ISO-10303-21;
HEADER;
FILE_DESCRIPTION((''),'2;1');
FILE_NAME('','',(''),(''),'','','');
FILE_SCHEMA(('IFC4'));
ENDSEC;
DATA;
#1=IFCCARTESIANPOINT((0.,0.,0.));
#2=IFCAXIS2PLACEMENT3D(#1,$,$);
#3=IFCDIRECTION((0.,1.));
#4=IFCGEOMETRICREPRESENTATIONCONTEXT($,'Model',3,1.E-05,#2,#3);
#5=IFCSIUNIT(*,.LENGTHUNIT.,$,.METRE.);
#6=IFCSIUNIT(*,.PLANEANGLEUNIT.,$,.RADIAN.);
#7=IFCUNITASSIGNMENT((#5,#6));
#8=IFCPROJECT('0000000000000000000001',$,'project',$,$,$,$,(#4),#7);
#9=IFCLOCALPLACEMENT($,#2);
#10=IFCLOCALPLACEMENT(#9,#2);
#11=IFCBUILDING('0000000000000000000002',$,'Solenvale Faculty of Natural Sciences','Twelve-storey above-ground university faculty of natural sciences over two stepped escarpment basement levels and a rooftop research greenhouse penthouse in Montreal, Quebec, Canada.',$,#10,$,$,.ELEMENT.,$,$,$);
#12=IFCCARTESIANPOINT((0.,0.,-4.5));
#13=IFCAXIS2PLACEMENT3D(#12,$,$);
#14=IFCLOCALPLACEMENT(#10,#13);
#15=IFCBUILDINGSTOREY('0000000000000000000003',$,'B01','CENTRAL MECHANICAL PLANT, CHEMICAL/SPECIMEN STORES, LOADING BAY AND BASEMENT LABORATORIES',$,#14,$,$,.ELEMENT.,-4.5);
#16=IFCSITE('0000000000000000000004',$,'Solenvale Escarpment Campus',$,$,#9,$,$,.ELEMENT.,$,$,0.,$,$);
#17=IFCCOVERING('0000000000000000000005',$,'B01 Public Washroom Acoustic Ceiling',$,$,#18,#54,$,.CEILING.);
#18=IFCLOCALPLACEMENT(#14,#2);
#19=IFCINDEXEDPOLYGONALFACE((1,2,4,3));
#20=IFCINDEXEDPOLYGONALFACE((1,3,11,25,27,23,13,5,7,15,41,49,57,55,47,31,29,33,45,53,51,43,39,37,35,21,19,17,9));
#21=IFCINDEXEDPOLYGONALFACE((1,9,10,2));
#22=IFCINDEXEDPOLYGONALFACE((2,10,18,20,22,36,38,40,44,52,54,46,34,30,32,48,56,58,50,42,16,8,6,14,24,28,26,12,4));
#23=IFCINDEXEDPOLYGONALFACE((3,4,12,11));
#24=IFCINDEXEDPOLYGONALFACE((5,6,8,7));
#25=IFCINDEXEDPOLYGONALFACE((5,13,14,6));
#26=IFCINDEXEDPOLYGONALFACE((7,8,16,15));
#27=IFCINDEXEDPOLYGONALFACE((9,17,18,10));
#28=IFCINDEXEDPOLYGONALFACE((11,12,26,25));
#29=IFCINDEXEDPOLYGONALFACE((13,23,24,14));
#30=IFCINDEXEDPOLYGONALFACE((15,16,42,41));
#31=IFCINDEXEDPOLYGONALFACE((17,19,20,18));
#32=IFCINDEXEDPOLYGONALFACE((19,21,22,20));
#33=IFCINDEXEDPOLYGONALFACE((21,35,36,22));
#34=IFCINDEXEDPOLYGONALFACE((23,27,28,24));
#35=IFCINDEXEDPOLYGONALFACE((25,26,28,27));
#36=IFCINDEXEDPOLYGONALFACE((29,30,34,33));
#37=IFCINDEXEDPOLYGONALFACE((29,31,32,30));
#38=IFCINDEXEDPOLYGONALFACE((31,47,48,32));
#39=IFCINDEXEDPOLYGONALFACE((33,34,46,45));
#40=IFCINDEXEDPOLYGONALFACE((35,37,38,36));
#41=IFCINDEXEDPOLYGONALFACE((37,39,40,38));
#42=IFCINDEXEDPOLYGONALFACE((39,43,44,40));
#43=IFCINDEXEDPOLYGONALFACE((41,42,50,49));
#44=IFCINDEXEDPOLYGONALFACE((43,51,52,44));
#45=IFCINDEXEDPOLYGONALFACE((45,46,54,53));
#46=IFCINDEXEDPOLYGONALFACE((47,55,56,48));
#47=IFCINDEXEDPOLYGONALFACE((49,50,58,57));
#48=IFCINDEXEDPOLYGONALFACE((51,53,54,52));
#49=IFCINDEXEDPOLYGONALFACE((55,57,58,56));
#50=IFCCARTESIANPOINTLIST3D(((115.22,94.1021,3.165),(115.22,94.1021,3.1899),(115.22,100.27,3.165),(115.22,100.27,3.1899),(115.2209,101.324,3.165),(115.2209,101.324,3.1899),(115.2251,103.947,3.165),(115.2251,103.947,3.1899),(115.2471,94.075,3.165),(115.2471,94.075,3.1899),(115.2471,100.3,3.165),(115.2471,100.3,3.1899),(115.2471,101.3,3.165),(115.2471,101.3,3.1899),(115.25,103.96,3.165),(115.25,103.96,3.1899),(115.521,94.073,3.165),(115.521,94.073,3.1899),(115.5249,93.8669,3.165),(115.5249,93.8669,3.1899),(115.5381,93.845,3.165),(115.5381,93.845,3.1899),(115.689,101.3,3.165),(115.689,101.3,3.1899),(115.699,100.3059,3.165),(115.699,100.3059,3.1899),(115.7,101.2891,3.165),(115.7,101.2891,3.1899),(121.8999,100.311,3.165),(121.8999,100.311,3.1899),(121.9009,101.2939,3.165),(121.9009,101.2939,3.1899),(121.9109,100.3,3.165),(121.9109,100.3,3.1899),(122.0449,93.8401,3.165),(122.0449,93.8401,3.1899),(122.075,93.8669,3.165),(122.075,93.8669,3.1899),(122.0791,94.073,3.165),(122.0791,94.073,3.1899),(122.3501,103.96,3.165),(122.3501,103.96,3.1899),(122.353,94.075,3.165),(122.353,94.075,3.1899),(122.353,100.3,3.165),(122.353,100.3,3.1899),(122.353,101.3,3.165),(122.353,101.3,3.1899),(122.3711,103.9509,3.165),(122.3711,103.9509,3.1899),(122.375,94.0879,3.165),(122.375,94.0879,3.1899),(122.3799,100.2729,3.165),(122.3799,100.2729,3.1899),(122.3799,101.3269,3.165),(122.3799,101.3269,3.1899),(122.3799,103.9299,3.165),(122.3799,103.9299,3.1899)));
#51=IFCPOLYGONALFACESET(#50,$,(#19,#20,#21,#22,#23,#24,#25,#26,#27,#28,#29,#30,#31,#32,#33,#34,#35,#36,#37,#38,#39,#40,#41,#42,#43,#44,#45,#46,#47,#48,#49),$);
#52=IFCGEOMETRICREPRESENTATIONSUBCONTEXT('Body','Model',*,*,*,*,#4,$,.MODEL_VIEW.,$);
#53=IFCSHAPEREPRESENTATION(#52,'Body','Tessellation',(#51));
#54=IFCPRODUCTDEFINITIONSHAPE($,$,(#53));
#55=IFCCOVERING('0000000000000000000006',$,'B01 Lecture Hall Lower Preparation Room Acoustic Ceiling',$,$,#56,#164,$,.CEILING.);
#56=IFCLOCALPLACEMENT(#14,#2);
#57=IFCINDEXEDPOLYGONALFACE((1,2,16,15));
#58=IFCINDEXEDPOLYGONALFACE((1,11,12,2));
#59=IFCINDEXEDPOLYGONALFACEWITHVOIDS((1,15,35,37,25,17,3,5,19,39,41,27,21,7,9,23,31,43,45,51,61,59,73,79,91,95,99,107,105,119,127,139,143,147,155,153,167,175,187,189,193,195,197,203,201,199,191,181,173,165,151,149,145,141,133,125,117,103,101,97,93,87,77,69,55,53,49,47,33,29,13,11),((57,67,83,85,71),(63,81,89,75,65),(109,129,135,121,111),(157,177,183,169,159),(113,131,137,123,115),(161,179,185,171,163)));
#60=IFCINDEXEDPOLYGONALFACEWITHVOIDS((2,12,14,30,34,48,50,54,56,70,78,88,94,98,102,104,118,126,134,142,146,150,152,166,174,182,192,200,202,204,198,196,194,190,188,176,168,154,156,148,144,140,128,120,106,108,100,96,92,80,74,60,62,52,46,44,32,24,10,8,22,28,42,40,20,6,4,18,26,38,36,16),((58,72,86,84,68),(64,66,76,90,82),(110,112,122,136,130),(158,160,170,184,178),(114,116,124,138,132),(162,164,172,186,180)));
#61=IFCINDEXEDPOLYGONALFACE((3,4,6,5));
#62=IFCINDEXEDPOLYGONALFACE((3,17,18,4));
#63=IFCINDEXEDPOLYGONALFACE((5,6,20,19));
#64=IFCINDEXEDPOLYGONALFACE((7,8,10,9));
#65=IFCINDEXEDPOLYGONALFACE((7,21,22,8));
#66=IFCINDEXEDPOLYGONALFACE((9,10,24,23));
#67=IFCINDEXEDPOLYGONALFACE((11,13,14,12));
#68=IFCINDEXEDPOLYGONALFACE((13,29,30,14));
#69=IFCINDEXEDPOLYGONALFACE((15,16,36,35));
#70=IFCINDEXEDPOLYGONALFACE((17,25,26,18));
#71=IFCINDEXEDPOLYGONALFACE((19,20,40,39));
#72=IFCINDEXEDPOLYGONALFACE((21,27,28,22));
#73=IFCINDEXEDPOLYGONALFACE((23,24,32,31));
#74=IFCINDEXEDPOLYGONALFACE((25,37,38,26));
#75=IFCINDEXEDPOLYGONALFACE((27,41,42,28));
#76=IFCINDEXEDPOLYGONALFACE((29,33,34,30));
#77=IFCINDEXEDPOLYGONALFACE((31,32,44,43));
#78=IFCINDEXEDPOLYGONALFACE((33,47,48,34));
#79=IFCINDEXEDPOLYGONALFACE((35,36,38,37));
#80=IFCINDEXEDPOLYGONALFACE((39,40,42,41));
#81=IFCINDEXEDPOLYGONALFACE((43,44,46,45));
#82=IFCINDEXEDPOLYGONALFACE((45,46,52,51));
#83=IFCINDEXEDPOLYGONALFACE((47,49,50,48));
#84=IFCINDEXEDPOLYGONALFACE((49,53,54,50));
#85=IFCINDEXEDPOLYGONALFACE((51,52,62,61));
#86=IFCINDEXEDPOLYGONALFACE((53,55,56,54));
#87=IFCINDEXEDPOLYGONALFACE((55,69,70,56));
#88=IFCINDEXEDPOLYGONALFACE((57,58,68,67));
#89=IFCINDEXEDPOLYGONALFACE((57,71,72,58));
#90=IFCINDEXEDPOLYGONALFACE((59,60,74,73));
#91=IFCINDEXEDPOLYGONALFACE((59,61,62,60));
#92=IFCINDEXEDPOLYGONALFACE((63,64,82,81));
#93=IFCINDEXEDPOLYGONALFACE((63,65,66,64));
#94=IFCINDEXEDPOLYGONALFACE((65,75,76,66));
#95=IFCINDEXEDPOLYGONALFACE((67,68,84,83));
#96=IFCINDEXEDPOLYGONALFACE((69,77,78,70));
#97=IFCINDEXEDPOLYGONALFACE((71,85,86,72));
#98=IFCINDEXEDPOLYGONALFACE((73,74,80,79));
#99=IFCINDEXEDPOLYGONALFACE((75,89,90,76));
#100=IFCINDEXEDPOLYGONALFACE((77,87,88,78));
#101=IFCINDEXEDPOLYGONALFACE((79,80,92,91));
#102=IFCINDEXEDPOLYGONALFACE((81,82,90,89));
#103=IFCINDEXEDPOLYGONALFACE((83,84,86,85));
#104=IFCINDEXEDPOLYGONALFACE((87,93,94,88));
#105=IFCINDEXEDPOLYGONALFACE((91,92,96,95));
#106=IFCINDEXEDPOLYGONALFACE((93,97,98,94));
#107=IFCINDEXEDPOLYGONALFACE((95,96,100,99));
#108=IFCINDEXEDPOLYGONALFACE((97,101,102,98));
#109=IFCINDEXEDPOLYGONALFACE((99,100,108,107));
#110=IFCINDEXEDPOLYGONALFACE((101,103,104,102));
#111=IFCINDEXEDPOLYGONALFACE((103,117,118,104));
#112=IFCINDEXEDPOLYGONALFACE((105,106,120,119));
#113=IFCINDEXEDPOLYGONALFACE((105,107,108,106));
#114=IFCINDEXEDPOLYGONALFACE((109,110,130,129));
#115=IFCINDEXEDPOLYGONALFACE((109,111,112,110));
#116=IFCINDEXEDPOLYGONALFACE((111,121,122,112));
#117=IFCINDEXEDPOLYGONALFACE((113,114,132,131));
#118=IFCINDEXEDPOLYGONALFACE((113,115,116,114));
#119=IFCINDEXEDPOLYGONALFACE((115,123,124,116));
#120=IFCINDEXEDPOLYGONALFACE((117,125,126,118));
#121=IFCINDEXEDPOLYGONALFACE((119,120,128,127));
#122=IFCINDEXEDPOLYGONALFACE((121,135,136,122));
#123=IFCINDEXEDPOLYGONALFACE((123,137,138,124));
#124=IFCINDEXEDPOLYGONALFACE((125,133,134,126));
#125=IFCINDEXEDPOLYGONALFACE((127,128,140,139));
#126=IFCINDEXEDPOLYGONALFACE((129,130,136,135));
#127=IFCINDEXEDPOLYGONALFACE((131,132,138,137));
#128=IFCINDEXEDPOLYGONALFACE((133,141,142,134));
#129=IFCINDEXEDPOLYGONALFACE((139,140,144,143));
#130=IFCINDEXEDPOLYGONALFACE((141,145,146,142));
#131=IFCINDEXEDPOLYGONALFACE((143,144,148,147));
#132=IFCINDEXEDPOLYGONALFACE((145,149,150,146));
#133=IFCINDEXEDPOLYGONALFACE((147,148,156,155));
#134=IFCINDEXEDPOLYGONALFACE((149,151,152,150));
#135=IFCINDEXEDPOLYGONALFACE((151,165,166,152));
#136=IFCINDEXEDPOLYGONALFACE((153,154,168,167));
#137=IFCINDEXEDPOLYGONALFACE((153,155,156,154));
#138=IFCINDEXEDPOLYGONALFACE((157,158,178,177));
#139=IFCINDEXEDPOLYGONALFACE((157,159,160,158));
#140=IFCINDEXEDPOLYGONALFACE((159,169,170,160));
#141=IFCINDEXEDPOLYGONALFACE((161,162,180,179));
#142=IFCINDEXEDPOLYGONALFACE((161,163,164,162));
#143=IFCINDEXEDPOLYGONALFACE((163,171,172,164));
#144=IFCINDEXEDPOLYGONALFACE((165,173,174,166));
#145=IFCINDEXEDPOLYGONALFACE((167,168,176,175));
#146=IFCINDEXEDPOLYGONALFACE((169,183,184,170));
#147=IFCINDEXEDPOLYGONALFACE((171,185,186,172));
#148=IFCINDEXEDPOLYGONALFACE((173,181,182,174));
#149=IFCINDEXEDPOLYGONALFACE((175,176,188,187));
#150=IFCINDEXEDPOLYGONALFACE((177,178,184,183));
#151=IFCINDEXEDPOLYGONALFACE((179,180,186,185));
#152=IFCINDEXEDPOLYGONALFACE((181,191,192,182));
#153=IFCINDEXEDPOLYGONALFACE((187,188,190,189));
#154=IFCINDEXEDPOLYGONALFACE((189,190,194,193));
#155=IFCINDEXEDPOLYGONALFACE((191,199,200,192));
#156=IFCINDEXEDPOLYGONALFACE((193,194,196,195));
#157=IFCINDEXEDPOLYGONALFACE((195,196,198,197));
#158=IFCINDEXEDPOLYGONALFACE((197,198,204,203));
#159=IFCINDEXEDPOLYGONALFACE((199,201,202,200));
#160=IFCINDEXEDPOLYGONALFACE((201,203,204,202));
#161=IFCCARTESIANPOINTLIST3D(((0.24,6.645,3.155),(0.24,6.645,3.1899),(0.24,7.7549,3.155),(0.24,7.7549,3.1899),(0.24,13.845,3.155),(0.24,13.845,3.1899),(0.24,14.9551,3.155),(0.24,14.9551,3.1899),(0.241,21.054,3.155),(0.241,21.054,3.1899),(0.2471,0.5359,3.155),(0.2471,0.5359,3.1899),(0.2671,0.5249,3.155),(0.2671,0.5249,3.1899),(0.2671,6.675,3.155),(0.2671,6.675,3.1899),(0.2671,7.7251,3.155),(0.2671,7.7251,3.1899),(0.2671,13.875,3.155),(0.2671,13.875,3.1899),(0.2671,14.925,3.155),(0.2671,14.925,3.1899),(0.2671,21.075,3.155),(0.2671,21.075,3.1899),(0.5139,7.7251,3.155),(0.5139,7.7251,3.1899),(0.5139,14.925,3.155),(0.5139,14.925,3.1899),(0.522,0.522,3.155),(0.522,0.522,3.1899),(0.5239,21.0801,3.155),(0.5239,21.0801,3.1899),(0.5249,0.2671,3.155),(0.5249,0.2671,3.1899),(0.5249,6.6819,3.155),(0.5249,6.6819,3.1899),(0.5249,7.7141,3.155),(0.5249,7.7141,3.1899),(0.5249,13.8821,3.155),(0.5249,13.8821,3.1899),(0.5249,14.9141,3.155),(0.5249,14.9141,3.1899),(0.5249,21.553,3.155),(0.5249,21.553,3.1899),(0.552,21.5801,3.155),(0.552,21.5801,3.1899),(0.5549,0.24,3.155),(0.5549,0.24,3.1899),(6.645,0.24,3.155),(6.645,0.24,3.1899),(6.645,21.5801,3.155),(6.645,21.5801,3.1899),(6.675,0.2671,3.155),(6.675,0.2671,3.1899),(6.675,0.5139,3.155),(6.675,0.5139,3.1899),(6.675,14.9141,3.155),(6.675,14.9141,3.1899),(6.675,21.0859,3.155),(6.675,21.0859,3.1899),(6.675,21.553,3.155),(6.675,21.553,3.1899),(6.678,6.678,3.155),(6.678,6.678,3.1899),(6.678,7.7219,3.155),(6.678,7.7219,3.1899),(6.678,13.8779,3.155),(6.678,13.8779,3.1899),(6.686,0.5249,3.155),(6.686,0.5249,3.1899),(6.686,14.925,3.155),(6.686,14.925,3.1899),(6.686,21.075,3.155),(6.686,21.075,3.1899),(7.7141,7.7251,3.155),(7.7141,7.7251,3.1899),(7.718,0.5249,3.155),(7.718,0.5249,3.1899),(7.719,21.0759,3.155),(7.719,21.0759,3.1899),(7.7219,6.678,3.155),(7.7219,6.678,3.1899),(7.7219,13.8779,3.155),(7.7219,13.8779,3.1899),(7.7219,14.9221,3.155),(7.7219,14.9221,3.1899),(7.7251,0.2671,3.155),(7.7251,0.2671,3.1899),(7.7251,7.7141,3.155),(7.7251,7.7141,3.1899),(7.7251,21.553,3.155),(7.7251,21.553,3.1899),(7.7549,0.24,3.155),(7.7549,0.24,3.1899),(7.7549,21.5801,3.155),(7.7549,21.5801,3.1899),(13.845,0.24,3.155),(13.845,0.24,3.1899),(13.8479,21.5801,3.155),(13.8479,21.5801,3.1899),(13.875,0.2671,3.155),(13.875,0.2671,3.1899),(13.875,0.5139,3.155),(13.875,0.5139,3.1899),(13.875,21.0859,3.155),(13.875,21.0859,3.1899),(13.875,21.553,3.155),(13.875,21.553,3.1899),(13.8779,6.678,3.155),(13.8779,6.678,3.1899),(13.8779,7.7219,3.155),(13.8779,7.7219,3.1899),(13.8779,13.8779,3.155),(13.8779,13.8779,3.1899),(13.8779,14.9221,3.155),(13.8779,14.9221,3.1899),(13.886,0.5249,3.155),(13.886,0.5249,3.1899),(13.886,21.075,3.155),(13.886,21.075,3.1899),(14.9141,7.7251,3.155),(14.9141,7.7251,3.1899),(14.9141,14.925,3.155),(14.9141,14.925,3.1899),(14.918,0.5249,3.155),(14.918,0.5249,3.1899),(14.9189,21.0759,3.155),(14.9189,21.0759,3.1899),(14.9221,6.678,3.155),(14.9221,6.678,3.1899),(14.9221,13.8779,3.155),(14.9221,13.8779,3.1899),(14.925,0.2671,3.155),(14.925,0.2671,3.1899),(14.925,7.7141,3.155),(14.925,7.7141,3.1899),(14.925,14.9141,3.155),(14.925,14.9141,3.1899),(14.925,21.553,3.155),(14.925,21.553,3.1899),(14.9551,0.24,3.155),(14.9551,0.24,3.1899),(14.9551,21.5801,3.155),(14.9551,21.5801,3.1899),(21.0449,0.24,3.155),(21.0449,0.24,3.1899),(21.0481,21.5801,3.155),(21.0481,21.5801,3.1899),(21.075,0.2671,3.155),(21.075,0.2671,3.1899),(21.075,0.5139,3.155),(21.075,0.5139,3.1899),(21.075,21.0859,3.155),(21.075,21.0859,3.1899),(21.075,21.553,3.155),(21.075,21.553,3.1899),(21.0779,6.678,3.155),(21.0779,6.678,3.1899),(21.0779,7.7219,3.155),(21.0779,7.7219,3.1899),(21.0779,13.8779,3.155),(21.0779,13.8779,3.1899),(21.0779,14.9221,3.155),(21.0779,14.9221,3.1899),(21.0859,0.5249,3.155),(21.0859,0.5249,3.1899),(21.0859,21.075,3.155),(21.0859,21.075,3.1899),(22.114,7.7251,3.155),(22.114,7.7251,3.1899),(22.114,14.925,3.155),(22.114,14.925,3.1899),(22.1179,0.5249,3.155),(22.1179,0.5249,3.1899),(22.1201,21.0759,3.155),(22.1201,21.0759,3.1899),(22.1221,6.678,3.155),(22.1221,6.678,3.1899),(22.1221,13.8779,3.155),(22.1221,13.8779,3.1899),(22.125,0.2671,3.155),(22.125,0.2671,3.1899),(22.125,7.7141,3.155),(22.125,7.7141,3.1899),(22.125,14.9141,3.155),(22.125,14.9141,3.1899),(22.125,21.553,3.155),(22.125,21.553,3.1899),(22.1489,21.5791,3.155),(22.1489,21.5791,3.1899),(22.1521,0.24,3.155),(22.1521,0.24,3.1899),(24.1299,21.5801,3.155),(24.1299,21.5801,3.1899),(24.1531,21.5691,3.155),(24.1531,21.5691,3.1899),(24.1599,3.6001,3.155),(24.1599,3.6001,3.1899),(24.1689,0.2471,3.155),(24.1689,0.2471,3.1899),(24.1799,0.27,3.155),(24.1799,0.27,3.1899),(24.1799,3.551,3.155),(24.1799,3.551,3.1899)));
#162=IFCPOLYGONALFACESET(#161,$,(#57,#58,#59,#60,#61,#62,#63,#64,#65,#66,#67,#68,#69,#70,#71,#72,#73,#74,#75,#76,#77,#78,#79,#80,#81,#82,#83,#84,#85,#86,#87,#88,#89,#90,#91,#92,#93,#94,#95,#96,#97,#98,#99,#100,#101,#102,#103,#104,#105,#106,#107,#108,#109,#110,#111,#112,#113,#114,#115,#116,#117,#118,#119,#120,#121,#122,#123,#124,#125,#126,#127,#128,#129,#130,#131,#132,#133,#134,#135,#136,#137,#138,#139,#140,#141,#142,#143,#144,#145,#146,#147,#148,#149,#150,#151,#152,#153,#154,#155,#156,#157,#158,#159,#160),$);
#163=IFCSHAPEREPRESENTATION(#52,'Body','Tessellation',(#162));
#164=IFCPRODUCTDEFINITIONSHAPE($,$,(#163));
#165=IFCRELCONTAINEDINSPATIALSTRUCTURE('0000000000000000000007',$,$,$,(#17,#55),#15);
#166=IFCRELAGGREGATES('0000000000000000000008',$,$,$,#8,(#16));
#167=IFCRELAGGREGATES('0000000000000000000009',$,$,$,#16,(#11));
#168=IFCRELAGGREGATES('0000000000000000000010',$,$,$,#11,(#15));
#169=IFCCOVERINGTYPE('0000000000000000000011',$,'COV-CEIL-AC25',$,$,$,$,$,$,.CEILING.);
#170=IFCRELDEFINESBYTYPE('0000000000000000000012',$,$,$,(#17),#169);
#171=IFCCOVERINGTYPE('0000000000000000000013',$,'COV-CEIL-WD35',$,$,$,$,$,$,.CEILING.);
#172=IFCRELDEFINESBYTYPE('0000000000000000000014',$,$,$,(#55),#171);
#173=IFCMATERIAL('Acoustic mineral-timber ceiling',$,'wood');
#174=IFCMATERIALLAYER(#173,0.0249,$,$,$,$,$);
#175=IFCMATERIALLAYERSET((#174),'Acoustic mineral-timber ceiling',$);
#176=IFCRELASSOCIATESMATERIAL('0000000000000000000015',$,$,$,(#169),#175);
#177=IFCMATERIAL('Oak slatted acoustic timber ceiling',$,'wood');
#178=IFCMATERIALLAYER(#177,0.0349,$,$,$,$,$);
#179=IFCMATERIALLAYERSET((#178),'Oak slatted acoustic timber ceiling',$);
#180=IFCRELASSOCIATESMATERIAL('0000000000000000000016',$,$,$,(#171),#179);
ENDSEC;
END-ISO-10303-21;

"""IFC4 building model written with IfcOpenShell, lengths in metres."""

from ifc_helpers import new_model, si_unit, direction, frame, origin, place, context, subcontext, project, spatial, polyline, outline, extrude, material, layer, layer_set, type_object, element, save


model = new_model("IFC4")

# Units and contexts
model_context = context("Model", 3, precision=1e-05, world=origin(), true_north=direction((0.0, 1.0)))
body_context = subcontext(model_context, "Body", "Model", "MODEL_VIEW")
ifc_project = project(units=[si_unit("LENGTHUNIT", "METRE"), si_unit("PLANEANGLEUNIT", "RADIAN")], contexts=[model_context])

# Site, building, storey
site_placement = place(None, origin())
site = spatial("IfcSite", under=ifc_project, at=site_placement, Name="Solenvale Escarpment Campus", CompositionType="ELEMENT", RefElevation=0.0)
building_placement = place(site_placement, origin())
building = spatial("IfcBuilding", under=site, at=building_placement, Name="Solenvale Faculty of Natural Sciences", Description="Twelve-storey above-ground university faculty of natural sciences over two stepped escarpment basement levels and a rooftop research greenhouse penthouse in Montreal, Quebec, Canada.", CompositionType="ELEMENT")
storey_placement = place(building_placement, frame((0.0, 0.0, -4.5)))
storey = spatial("IfcBuildingStorey", under=building, at=storey_placement, Name="B01", Description="CENTRAL MECHANICAL PLANT, CHEMICAL/SPECIMEN STORES, LOADING BAY AND BASEMENT LABORATORIES", CompositionType="ELEMENT", Elevation=-4.5)

# Coverings
ifc_material_1 = material(Name="Acoustic mineral-timber ceiling", Category="wood")
ifc_layer_1 = layer(ifc_material_1, 0.0249)
ifc_layer_set_1 = layer_set([ifc_layer_1], Name="Acoustic mineral-timber ceiling")
covering_type_1 = type_object("IfcCoveringType", Name="COV-CEIL-AC25", PredefinedType="CEILING", material=ifc_layer_set_1)
covering_1_placement = place(storey_placement, frame((0.0, 0.0, 3.165)))
element("IfcCovering", 1, at=covering_1_placement, inside=storey, type_object=covering_type_1, Name="B01 Public Washroom Acoustic Ceiling", PredefinedType="CEILING", context=body_context, shape_type="SweptSolid", body=[
    extrude(outline(polyline([(122.3501, 103.96), (122.3711, 103.9509), (122.3799, 103.9299), (122.3799, 101.3269), (122.353, 101.3), (121.9009, 101.2939), (121.8999, 100.311), (121.9109, 100.3), (122.353, 100.3), (122.3799, 100.2729), (122.375, 94.0879), (122.353, 94.075), (122.0791, 94.073), (122.075, 93.8669), (122.0449, 93.8401), (115.5381, 93.845), (115.5249, 93.8669), (115.521, 94.073), (115.2471, 94.075), (115.22, 94.1021), (115.22, 100.27), (115.2471, 100.3), (115.699, 100.3059), (115.7, 101.2891), (115.689, 101.3), (115.2471, 101.3), (115.2209, 101.324), (115.2251, 103.947), (115.25, 103.96), (122.3501, 103.96)])), origin(), (0.0, 0.0, 1.0), 0.0249),
])
ifc_material_2 = material(Name="Oak slatted acoustic timber ceiling", Category="wood")
ifc_layer_2 = layer(ifc_material_2, 0.0349)
ifc_layer_set_2 = layer_set([ifc_layer_2], Name="Oak slatted acoustic timber ceiling")
covering_type_2 = type_object("IfcCoveringType", Name="COV-CEIL-WD35", PredefinedType="CEILING", material=ifc_layer_set_2)
covering_2_placement = place(storey_placement, frame((0.0, 0.0, 3.155)))
element("IfcCovering", 2, at=covering_2_placement, inside=storey, type_object=covering_type_2, Name="B01 Lecture Hall Lower Preparation Room Acoustic Ceiling", PredefinedType="CEILING", context=body_context, shape_type="SweptSolid", body=[
    extrude(outline(polyline([(6.645, 21.5801), (6.675, 21.553), (6.675, 21.0859), (6.686, 21.075), (7.719, 21.0759), (7.7251, 21.553), (7.7549, 21.5801), (13.8479, 21.5801), (13.875, 21.553), (13.875, 21.0859), (13.886, 21.075), (14.9189, 21.0759), (14.925, 21.553), (14.9551, 21.5801), (21.0481, 21.5801), (21.075, 21.553), (21.075, 21.0859), (21.0859, 21.075), (22.1201, 21.0759), (22.125, 21.553), (22.1489, 21.5791), (24.1299, 21.5801), (24.1531, 21.5691), (24.1599, 3.6001), (24.1799, 3.551), (24.1799, 0.27), (24.1689, 0.2471), (22.1521, 0.24), (22.125, 0.2671), (22.1179, 0.5249), (21.0859, 0.5249), (21.075, 0.5139), (21.075, 0.2671), (21.0449, 0.24), (14.9551, 0.24), (14.925, 0.2671), (14.918, 0.5249), (13.886, 0.5249), (13.875, 0.5139), (13.875, 0.2671), (13.845, 0.24), (7.7549, 0.24), (7.7251, 0.2671), (7.718, 0.5249), (6.686, 0.5249), (6.675, 0.5139), (6.675, 0.2671), (6.645, 0.24), (0.5549, 0.24), (0.5249, 0.2671), (0.522, 0.522), (0.2671, 0.5249), (0.2471, 0.5359), (0.24, 6.645), (0.2671, 6.675), (0.5249, 6.6819), (0.5249, 7.7141), (0.5139, 7.7251), (0.2671, 7.7251), (0.24, 7.7549), (0.24, 13.845), (0.2671, 13.875), (0.5249, 13.8821), (0.5249, 14.9141), (0.5139, 14.925), (0.2671, 14.925), (0.24, 14.9551), (0.241, 21.054), (0.2671, 21.075), (0.5239, 21.0801), (0.5249, 21.553), (0.552, 21.5801), (6.645, 21.5801)]), holes=[polyline([(22.125, 7.7141), (22.114, 7.7251), (21.0779, 7.7219), (21.0779, 6.678), (22.1221, 6.678), (22.125, 7.7141)]), polyline([(22.125, 14.9141), (22.114, 14.925), (21.0779, 14.9221), (21.0779, 13.8779), (22.1221, 13.8779), (22.125, 14.9141)]), polyline([(14.925, 7.7141), (14.9141, 7.7251), (13.8779, 7.7219), (13.8779, 6.678), (14.9221, 6.678), (14.925, 7.7141)]), polyline([(14.925, 14.9141), (14.9141, 14.925), (13.8779, 14.9221), (13.8779, 13.8779), (14.9221, 13.8779), (14.925, 14.9141)]), polyline([(6.686, 14.925), (6.675, 14.9141), (6.678, 13.8779), (7.7219, 13.8779), (7.7219, 14.9221), (6.686, 14.925)]), polyline([(7.7251, 7.7141), (7.7141, 7.7251), (6.678, 7.7219), (6.678, 6.678), (7.7219, 6.678), (7.7251, 7.7141)])]), origin(), (0.0, 0.0, 1.0), 0.0349),
])

save(model, "model.ifc")
